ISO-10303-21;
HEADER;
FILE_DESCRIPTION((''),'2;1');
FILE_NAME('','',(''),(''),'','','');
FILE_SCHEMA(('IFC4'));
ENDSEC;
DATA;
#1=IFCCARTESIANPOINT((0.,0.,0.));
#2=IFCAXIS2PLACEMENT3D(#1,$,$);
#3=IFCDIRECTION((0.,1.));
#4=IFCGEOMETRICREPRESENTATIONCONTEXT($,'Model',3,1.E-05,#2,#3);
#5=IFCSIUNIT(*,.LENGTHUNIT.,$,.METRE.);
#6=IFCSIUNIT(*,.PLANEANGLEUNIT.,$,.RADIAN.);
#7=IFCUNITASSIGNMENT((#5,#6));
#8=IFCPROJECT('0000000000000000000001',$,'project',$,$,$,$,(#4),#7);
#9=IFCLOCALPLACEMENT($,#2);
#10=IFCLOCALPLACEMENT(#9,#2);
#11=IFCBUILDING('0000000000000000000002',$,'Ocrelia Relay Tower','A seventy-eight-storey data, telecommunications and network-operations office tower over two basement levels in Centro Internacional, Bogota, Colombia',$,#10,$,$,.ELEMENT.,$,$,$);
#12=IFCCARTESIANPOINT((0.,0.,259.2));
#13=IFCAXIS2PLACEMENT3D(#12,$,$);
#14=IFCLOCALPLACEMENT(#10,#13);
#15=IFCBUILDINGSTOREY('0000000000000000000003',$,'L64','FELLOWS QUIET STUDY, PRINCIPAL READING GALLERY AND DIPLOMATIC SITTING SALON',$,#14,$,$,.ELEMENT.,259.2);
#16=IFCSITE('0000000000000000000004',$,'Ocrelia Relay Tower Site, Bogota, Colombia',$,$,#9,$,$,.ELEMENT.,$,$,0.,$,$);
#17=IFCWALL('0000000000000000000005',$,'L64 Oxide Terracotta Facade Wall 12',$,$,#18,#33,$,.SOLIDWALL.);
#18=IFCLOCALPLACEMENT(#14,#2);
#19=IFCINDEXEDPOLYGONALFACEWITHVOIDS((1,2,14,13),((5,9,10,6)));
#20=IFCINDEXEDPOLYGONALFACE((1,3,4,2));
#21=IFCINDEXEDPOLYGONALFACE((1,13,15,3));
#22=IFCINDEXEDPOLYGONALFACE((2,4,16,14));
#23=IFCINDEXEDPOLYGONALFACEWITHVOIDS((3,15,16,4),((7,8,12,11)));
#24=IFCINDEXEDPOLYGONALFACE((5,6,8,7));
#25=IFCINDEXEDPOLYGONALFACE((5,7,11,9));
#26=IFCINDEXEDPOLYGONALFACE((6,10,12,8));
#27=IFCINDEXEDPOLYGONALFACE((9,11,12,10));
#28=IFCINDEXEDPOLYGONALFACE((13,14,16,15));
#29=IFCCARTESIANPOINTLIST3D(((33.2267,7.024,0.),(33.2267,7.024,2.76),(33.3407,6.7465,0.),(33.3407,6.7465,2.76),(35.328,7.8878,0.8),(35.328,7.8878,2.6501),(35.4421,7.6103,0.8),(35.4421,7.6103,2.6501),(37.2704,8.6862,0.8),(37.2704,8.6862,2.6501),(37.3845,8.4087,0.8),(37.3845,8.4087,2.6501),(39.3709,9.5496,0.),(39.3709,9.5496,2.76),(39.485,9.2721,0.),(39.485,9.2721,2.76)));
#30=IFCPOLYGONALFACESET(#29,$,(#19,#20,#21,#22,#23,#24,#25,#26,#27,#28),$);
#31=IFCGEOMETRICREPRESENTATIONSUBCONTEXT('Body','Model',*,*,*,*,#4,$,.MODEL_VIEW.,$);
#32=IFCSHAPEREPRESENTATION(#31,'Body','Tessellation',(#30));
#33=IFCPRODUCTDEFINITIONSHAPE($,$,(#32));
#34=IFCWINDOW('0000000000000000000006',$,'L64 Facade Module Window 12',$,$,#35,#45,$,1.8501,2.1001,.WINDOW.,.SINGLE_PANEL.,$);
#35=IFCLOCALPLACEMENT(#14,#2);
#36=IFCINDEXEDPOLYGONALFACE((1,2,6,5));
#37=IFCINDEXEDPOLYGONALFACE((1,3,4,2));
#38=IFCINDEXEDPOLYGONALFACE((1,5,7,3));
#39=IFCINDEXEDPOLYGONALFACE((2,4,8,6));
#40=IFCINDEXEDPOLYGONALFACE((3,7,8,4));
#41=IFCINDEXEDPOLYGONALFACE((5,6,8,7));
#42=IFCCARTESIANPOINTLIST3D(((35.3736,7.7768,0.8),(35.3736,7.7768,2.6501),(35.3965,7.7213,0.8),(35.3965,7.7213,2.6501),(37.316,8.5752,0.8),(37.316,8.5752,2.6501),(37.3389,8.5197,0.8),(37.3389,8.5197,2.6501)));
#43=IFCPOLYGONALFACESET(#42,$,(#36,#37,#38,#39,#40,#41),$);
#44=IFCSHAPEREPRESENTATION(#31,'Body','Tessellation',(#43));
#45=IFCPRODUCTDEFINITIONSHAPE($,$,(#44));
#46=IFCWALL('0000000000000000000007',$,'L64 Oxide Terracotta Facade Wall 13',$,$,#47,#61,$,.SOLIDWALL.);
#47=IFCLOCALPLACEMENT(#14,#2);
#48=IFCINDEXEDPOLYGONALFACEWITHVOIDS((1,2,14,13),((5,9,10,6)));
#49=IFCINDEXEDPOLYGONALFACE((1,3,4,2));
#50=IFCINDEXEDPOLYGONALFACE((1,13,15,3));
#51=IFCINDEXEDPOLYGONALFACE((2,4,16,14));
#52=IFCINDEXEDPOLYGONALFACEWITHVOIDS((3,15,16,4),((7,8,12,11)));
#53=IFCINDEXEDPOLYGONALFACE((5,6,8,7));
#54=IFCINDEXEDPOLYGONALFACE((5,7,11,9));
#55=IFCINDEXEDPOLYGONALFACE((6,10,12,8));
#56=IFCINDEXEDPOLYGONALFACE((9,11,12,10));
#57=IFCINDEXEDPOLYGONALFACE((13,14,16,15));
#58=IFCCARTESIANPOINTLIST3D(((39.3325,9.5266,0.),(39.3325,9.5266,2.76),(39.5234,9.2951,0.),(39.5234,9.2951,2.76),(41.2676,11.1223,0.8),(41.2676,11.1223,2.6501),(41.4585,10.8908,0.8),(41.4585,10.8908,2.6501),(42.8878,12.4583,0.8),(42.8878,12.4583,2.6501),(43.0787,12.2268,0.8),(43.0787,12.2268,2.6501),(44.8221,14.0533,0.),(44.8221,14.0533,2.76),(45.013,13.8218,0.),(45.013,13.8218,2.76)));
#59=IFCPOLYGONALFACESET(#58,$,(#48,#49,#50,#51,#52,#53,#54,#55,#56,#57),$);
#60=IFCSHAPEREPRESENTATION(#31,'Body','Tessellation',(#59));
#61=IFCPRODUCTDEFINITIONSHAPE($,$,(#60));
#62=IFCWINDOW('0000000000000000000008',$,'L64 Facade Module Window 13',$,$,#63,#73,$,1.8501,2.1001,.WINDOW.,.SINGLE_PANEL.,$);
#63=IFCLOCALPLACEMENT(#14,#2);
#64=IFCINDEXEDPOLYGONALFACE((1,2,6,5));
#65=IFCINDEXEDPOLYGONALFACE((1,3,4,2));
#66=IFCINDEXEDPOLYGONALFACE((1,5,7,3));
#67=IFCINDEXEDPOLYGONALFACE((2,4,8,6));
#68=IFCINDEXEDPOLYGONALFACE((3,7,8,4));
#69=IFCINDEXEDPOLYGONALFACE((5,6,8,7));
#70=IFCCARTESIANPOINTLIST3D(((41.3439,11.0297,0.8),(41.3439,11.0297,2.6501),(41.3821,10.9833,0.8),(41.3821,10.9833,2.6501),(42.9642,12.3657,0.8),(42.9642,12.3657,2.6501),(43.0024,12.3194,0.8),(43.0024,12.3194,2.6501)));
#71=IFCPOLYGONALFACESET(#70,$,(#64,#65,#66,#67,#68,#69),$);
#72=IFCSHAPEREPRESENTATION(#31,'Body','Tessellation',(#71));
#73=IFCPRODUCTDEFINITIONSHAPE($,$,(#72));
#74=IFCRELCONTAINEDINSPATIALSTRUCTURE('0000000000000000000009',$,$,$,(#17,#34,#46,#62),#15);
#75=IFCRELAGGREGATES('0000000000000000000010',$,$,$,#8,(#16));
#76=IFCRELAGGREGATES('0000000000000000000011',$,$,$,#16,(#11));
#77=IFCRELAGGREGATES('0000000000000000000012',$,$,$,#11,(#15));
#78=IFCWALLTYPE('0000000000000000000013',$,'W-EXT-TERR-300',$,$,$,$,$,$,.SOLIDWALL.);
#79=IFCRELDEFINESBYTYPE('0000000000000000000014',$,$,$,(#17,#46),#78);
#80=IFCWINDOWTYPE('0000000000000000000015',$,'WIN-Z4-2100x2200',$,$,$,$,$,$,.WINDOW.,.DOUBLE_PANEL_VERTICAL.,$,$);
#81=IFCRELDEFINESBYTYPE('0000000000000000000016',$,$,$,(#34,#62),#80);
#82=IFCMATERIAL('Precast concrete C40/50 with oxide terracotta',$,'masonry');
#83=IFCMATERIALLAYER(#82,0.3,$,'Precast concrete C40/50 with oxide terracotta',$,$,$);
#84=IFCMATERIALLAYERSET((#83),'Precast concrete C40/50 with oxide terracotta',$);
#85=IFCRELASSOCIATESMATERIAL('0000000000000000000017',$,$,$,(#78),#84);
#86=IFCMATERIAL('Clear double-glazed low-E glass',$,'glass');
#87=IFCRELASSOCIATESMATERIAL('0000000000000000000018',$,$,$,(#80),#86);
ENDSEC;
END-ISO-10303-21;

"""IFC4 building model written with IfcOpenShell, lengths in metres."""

from ifc_helpers import new_model, si_unit, direction, frame, frame_2d, origin, place, context, subcontext, project, spatial, rectangle, extrude, material, layer, layer_set, type_object, element, fill, save


model = new_model("IFC4")

# Units and contexts
model_context = context("Model", 3, precision=1e-05, world=origin(), true_north=direction((0.0, 1.0)))
body_context = subcontext(model_context, "Body", "Model", "MODEL_VIEW")
ifc_project = project(units=[si_unit("LENGTHUNIT", "METRE"), si_unit("PLANEANGLEUNIT", "RADIAN")], contexts=[model_context])

# Site, building, storey
site_placement = place(None, origin())
site = spatial("IfcSite", under=ifc_project, at=site_placement, Name="Ocrelia Relay Tower Site, Bogota, Colombia", CompositionType="ELEMENT", RefElevation=0.0)
building_placement = place(site_placement, origin())
building = spatial("IfcBuilding", under=site, at=building_placement, Name="Ocrelia Relay Tower", Description="A seventy-eight-storey data, telecommunications and network-operations office tower over two basement levels in Centro Internacional, Bogota, Colombia", CompositionType="ELEMENT")
storey_placement = place(building_placement, frame((0.0, 0.0, 259.2)))
storey = spatial("IfcBuildingStorey", under=building, at=storey_placement, Name="L64", Description="FELLOWS QUIET STUDY, PRINCIPAL READING GALLERY AND DIPLOMATIC SITTING SALON", CompositionType="ELEMENT", Elevation=259.2)

# Walls, openings, windows
ifc_material_1 = material(Name="Precast concrete C40/50 with oxide terracotta", Category="masonry")
ifc_layer_1 = layer(ifc_material_1, 0.3, Name="Precast concrete C40/50 with oxide terracotta")
ifc_layer_set_1 = layer_set([ifc_layer_1], Name="Precast concrete C40/50 with oxide terracotta")
wall_type_1 = type_object("IfcWallType", Name="W-EXT-TERR-300", PredefinedType="SOLIDWALL", material=ifc_layer_set_1)
wall_1_placement = place(storey_placement, frame((33.2837, 6.8853, 0.0), z_axis=(0.0, 0.0, 1.0), x_axis=(0.924909, 0.380188, 0.0)))
wall_1 = element("IfcWall", 1, at=wall_1_placement, inside=storey, type_object=wall_type_1, Name="L64 Oxide Terracotta Facade Wall 12", PredefinedType="SOLIDWALL", context=body_context, shape_type="SweptSolid", body=[
    extrude(rectangle(XDim=6.6431, YDim=0.3, at=frame_2d((3.3215, 0.0))), origin(), (0.0, 0.0, 1.0), 2.76),
])
opening_1_placement = place(wall_1_placement, frame((2.272, 0.0, 0.8)))
opening_1 = element("IfcOpeningElement", 2, at=opening_1_placement, cuts=wall_1, PredefinedType="OPENING", context=body_context, shape_type="SweptSolid", body=[
    extrude(rectangle(XDim=2.1001, YDim=1.8501, at=frame_2d((1.05, 0.925))), frame((0.0, 0.1602, 0.0), z_axis=(0.0, -1.0, 0.0), x_axis=(1.0, 0.0, 0.0)), (0.0, 0.0, 1.0), 0.3201),
])
ifc_material_2 = material(Name="Clear double-glazed low-E glass", Category="glass")
window_type = type_object("IfcWindowType", Name="WIN-Z4-2100x2200", PartitioningType="DOUBLE_PANEL_VERTICAL", PredefinedType="WINDOW", material=ifc_material_2)
window_1_placement = place(opening_1_placement, origin())
window_1 = element("IfcWindow", 3, at=window_1_placement, inside=storey, type_object=window_type, Name="L64 Facade Module Window 12", OverallHeight=1.8501, OverallWidth=2.1001, PartitioningType="SINGLE_PANEL", PredefinedType="WINDOW", context=body_context, shape_type="SweptSolid", body=[
    extrude(rectangle(XDim=2.1001, YDim=1.8501, at=frame_2d((1.05, 0.925))), frame((0.0, 0.03, 0.0), z_axis=(0.0, -1.0, 0.0), x_axis=(1.0, 0.0, 0.0)), (0.0, 0.0, 1.0), 0.0601),
])
fill(opening_1, window_1)
wall_2_placement = place(storey_placement, frame((39.428, 9.4109, 0.0), z_axis=(0.0, 0.0, 1.0), x_axis=(0.771527, 0.636197, 0.0)))
wall_2 = element("IfcWall", 4, at=wall_2_placement, inside=storey, type_object=wall_type_1, Name="L64 Oxide Terracotta Facade Wall 13", PredefinedType="SOLIDWALL", context=body_context, shape_type="SweptSolid", body=[
    extrude(rectangle(XDim=7.1152, YDim=0.3, at=frame_2d((3.5576, 0.0))), origin(), (0.0, 0.0, 1.0), 2.76),
])
opening_2_placement = place(wall_2_placement, frame((2.5081, 0.0, 0.8)))
opening_2 = element("IfcOpeningElement", 5, at=opening_2_placement, cuts=wall_2, PredefinedType="OPENING", context=body_context, shape_type="SweptSolid", body=[
    extrude(rectangle(XDim=2.1001, YDim=1.8501, at=frame_2d((1.05, 0.925))), frame((0.0, 0.1602, 0.0), z_axis=(0.0, -1.0, 0.0), x_axis=(1.0, 0.0, 0.0)), (0.0, 0.0, 1.0), 0.3201),
])
window_2_placement = place(opening_2_placement, origin())
window_2 = element("IfcWindow", 6, at=window_2_placement, inside=storey, type_object=window_type, Name="L64 Facade Module Window 13", OverallHeight=1.8501, OverallWidth=2.1001, PartitioningType="SINGLE_PANEL", PredefinedType="WINDOW", context=body_context, shape_type="SweptSolid", body=[
    extrude(rectangle(XDim=2.1001, YDim=1.8501, at=frame_2d((1.05, 0.925))), frame((0.0, 0.03, 0.0), z_axis=(0.0, -1.0, 0.0), x_axis=(1.0, 0.0, 0.0)), (0.0, 0.0, 1.0), 0.0601),
])
fill(opening_2, window_2)

save(model, "model.ifc")
